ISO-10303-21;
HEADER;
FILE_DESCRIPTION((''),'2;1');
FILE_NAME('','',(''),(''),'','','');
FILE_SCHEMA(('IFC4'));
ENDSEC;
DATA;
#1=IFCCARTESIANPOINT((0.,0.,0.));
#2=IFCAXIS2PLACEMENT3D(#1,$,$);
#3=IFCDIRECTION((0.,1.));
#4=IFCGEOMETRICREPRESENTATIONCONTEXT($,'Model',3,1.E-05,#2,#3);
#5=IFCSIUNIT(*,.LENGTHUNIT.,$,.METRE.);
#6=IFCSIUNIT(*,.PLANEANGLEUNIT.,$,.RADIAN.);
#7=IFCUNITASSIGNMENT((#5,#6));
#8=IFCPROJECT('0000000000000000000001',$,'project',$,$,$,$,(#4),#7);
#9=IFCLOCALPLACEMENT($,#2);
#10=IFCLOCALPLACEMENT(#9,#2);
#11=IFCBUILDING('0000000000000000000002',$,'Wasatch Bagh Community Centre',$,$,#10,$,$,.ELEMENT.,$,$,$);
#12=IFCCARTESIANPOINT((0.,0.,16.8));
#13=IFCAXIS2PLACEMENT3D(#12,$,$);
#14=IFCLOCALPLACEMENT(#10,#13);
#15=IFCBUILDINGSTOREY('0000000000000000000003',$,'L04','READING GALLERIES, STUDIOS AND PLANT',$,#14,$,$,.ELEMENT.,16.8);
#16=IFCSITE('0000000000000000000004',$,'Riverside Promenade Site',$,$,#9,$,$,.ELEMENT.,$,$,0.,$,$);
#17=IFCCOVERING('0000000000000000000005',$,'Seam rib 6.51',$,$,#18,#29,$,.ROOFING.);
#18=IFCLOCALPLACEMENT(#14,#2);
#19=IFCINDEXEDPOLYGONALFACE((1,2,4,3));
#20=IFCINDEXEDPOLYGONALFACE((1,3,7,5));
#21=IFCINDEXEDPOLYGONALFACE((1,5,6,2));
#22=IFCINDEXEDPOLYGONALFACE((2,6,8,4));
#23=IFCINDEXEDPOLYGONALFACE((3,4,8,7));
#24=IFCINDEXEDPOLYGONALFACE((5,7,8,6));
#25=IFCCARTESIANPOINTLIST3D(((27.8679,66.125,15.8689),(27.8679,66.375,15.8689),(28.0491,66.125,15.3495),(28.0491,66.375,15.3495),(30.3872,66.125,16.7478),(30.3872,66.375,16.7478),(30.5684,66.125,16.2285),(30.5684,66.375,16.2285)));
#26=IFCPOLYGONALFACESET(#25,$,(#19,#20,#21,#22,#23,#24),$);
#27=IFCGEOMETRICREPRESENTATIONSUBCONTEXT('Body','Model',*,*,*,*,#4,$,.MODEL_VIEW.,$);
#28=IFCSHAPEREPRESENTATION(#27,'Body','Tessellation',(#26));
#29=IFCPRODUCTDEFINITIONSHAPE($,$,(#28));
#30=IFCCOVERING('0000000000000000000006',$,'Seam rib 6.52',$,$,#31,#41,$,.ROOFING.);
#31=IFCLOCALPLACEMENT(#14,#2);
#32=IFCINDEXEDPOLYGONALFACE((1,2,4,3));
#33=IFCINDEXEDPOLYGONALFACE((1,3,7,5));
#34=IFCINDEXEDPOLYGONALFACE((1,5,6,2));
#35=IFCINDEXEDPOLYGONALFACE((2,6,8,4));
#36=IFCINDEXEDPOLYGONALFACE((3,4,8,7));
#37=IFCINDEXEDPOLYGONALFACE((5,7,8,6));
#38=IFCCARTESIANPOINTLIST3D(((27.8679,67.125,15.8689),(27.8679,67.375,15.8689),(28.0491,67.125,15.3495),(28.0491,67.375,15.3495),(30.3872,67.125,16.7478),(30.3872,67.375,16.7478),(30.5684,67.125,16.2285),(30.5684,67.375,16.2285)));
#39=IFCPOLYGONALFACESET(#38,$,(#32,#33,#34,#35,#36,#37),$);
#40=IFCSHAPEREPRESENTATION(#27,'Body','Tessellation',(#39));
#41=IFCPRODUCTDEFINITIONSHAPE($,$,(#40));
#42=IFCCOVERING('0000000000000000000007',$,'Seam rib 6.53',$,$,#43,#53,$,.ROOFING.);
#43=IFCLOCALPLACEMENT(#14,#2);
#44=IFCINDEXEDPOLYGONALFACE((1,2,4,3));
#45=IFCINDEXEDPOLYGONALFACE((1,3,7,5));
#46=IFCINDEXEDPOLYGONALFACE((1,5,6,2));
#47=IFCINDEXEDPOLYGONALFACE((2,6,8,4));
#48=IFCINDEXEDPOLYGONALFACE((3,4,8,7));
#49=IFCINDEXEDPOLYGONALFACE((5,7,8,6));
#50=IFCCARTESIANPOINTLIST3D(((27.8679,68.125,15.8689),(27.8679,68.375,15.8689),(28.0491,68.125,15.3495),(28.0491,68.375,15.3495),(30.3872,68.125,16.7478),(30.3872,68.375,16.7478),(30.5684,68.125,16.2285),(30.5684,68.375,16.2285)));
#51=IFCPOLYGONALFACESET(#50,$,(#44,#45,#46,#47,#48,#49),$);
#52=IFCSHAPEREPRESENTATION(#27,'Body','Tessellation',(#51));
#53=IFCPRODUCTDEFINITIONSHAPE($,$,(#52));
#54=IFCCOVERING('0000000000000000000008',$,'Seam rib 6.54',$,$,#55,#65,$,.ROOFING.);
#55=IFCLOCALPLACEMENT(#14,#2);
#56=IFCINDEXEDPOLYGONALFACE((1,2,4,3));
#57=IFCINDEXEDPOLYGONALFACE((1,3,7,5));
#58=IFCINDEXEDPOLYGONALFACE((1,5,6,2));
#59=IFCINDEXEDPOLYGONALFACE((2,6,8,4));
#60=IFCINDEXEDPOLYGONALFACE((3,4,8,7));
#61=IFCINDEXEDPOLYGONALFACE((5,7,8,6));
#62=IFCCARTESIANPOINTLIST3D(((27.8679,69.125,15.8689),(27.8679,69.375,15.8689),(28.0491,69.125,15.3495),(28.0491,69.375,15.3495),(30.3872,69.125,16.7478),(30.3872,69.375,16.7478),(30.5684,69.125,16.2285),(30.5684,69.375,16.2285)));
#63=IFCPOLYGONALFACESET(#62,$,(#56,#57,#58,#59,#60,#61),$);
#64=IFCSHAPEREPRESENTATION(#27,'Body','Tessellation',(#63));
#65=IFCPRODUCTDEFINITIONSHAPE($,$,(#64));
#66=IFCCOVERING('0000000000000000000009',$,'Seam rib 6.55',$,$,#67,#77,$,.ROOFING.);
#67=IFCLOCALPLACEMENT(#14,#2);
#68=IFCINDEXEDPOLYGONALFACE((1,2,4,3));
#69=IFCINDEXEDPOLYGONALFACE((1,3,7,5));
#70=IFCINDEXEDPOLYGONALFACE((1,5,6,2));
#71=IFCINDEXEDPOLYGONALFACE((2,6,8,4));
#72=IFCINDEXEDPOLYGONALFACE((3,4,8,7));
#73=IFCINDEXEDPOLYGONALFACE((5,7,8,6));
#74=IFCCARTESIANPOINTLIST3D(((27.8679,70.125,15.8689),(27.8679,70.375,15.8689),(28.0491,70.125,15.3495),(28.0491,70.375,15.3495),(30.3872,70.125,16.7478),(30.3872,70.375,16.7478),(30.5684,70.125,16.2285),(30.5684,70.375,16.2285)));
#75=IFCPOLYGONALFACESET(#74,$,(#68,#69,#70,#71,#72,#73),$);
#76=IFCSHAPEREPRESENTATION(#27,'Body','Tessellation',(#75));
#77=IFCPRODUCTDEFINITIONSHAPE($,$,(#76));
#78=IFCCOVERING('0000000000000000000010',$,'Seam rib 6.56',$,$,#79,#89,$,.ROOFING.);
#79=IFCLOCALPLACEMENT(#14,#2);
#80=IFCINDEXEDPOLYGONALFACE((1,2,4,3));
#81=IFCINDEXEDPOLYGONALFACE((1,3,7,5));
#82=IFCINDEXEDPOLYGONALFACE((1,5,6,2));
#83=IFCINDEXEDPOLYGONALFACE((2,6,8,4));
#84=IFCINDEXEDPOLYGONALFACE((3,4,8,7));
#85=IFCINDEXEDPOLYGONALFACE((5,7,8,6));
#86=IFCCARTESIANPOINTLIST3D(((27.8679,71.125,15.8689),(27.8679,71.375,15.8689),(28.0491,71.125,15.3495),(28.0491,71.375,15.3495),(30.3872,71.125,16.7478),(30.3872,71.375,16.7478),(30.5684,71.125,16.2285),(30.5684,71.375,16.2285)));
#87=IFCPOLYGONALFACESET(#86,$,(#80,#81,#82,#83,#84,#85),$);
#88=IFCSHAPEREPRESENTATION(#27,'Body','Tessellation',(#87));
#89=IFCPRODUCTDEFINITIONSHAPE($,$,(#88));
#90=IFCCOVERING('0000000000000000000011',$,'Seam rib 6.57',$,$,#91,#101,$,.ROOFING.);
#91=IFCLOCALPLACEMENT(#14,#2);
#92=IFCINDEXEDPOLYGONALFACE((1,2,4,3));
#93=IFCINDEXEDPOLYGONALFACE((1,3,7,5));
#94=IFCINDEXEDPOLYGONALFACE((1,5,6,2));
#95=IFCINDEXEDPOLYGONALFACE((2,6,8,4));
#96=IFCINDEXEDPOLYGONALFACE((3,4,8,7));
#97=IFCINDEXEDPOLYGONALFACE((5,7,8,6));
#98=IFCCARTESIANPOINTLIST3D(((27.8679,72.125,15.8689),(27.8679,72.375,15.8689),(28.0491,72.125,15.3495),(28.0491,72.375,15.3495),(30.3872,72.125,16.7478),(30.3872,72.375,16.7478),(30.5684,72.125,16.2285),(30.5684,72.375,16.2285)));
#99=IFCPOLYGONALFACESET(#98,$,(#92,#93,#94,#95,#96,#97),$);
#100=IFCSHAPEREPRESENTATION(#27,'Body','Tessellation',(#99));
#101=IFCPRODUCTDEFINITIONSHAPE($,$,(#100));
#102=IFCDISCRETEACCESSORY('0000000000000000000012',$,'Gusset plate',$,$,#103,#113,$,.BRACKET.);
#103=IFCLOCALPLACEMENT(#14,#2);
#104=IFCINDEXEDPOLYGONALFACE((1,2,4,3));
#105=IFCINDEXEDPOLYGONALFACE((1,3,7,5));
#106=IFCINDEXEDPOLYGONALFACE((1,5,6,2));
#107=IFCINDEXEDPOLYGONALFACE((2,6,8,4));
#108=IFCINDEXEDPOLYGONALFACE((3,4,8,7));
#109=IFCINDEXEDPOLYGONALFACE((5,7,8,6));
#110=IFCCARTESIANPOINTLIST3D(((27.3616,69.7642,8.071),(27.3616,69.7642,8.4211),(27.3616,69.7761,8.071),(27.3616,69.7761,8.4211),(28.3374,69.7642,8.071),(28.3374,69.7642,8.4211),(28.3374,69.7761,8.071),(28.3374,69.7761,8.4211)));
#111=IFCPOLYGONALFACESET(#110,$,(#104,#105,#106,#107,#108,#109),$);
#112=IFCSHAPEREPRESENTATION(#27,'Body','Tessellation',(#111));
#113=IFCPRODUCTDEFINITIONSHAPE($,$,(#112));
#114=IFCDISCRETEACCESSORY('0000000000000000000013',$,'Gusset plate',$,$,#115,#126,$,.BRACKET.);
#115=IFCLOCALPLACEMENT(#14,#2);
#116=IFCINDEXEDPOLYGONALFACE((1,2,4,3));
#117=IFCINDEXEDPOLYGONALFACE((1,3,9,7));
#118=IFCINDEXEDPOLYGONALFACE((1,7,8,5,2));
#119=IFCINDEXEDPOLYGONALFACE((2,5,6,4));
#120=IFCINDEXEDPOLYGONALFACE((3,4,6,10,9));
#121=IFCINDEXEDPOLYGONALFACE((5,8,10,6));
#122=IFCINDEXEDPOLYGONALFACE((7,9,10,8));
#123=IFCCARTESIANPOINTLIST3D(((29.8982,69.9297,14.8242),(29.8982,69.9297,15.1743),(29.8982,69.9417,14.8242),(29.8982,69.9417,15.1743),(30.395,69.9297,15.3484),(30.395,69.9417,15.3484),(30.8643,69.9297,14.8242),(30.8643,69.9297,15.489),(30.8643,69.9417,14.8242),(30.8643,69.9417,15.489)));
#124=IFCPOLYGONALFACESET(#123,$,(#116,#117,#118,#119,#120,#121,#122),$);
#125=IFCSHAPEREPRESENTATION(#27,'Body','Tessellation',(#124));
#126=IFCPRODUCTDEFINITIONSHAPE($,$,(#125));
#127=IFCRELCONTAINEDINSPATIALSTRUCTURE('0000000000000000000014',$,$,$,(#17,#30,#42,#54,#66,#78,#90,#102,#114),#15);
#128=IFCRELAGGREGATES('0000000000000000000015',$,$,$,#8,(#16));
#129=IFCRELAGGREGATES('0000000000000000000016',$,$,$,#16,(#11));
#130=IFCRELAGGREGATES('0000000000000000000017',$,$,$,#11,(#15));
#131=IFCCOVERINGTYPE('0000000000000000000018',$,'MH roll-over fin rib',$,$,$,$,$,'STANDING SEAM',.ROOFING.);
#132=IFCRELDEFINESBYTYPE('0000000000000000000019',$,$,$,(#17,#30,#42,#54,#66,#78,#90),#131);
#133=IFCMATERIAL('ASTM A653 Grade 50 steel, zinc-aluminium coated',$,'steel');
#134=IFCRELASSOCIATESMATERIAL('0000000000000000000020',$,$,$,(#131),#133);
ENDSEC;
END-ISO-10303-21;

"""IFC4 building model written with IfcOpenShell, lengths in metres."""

from ifc_helpers import new_model, si_unit, direction, frame, origin, place, context, subcontext, project, spatial, polyline, outline, extrude, material, type_object, element, save


model = new_model("IFC4")

# Units and contexts
model_context = context("Model", 3, precision=1e-05, world=origin(), true_north=direction((0.0, 1.0)))
body_context = subcontext(model_context, "Body", "Model", "MODEL_VIEW")
ifc_project = project(units=[si_unit("LENGTHUNIT", "METRE"), si_unit("PLANEANGLEUNIT", "RADIAN")], contexts=[model_context])

# Site, building, storey
site_placement = place(None, origin())
site = spatial("IfcSite", under=ifc_project, at=site_placement, Name="Riverside Promenade Site", CompositionType="ELEMENT", RefElevation=0.0)
building_placement = place(site_placement, origin())
building = spatial("IfcBuilding", under=site, at=building_placement, Name="Wasatch Bagh Community Centre", CompositionType="ELEMENT")
storey_placement = place(building_placement, frame((0.0, 0.0, 16.8)))
storey = spatial("IfcBuildingStorey", under=building, at=storey_placement, Name="L04", Description="READING GALLERIES, STUDIOS AND PLANT", CompositionType="ELEMENT", Elevation=16.8)

# Coverings
ifc_material_1 = material(Name="ASTM A653 Grade 50 steel, zinc-aluminium coated", Category="steel")
covering_type = type_object("IfcCoveringType", Name="MH roll-over fin rib", ElementType="STANDING SEAM", PredefinedType="ROOFING", material=ifc_material_1)
for number, where, z_axis, x_axis, name in (
    (1, (27.8679, 66.125, 15.8689), (-0.329401, 0.0, 0.94419), (0.94419, 0.0, 0.329401), "Seam rib 6.51"),
    (2, (27.8679, 67.125, 15.8689), (-0.329401, 0.0, 0.94419), (0.94419, 0.0, 0.329401), "Seam rib 6.52"),
    (3, (27.8679, 68.125, 15.8689), (-0.329401, 0.0, 0.94419), (0.94419, 0.0, 0.329401), "Seam rib 6.53"),
    (4, (27.8679, 69.125, 15.8689), (-0.329401, 0.0, 0.94419), (0.94419, 0.0, 0.329401), "Seam rib 6.54"),
    (5, (27.8679, 70.125, 15.8689), (-0.329401, 0.0, 0.94419), (0.94419, 0.0, 0.329401), "Seam rib 6.55"),
    (6, (27.8679, 71.125, 15.8689), (-0.329401, 0.0, 0.94419), (0.94419, 0.0, 0.329401), "Seam rib 6.56"),
    (7, (27.8679, 72.125, 15.8689), (-0.329401, 0.0, 0.94419), (0.94419, 0.0, 0.329401), "Seam rib 6.57"),
):
    element("IfcCovering", number, at=place(storey_placement, frame(where, z_axis=z_axis, x_axis=x_axis)), inside=storey, type_object=covering_type, Name=name, PredefinedType="ROOFING", context=body_context, shape_type="SweptSolid", body=[
        extrude(outline(polyline([(0.0, 0.0), (2.6682, 0.0), (2.6682, 0.25), (0.0, 0.25), (0.0, 0.0)])), origin(), (0.0, 0.0, -1.0), 0.55),
    ])

# Discrete accessories
discrete_accessory_1_placement = place(storey_placement, frame((27.3616, 69.7642, 8.071), z_axis=(0.0, -1.0, 0.0), x_axis=(1.0, 0.0, 0.0)))
element("IfcDiscreteAccessory", 8, at=discrete_accessory_1_placement, inside=storey, Name="Gusset plate", PredefinedType="BRACKET", context=body_context, shape_type="SweptSolid", body=[
    extrude(outline(polyline([(0.0, 0.0), (0.9758, 0.0), (0.9758, 0.3501), (0.0, 0.3501), (0.0, 0.0)])), origin(), (0.0, 0.0, -1.0), 0.012),
])
discrete_accessory_2_placement = place(storey_placement, frame((29.8982, 69.9417, 15.1743), z_axis=(0.0, 1.0, 0.0), x_axis=(0.94375, 0.0, 0.33066)))
element("IfcDiscreteAccessory", 9, at=discrete_accessory_2_placement, inside=storey, Name="Gusset plate", PredefinedType="BRACKET", context=body_context, shape_type="SweptSolid", body=[
    extrude(outline(polyline([(0.0, 0.0), (0.5264, 0.0), (1.0158, 0.0224), (0.796, 0.6498), (-0.1158, 0.3304), (0.0, 0.0)])), origin(), (0.0, 0.0, -1.0), 0.012),
])

save(model, "model.ifc")
